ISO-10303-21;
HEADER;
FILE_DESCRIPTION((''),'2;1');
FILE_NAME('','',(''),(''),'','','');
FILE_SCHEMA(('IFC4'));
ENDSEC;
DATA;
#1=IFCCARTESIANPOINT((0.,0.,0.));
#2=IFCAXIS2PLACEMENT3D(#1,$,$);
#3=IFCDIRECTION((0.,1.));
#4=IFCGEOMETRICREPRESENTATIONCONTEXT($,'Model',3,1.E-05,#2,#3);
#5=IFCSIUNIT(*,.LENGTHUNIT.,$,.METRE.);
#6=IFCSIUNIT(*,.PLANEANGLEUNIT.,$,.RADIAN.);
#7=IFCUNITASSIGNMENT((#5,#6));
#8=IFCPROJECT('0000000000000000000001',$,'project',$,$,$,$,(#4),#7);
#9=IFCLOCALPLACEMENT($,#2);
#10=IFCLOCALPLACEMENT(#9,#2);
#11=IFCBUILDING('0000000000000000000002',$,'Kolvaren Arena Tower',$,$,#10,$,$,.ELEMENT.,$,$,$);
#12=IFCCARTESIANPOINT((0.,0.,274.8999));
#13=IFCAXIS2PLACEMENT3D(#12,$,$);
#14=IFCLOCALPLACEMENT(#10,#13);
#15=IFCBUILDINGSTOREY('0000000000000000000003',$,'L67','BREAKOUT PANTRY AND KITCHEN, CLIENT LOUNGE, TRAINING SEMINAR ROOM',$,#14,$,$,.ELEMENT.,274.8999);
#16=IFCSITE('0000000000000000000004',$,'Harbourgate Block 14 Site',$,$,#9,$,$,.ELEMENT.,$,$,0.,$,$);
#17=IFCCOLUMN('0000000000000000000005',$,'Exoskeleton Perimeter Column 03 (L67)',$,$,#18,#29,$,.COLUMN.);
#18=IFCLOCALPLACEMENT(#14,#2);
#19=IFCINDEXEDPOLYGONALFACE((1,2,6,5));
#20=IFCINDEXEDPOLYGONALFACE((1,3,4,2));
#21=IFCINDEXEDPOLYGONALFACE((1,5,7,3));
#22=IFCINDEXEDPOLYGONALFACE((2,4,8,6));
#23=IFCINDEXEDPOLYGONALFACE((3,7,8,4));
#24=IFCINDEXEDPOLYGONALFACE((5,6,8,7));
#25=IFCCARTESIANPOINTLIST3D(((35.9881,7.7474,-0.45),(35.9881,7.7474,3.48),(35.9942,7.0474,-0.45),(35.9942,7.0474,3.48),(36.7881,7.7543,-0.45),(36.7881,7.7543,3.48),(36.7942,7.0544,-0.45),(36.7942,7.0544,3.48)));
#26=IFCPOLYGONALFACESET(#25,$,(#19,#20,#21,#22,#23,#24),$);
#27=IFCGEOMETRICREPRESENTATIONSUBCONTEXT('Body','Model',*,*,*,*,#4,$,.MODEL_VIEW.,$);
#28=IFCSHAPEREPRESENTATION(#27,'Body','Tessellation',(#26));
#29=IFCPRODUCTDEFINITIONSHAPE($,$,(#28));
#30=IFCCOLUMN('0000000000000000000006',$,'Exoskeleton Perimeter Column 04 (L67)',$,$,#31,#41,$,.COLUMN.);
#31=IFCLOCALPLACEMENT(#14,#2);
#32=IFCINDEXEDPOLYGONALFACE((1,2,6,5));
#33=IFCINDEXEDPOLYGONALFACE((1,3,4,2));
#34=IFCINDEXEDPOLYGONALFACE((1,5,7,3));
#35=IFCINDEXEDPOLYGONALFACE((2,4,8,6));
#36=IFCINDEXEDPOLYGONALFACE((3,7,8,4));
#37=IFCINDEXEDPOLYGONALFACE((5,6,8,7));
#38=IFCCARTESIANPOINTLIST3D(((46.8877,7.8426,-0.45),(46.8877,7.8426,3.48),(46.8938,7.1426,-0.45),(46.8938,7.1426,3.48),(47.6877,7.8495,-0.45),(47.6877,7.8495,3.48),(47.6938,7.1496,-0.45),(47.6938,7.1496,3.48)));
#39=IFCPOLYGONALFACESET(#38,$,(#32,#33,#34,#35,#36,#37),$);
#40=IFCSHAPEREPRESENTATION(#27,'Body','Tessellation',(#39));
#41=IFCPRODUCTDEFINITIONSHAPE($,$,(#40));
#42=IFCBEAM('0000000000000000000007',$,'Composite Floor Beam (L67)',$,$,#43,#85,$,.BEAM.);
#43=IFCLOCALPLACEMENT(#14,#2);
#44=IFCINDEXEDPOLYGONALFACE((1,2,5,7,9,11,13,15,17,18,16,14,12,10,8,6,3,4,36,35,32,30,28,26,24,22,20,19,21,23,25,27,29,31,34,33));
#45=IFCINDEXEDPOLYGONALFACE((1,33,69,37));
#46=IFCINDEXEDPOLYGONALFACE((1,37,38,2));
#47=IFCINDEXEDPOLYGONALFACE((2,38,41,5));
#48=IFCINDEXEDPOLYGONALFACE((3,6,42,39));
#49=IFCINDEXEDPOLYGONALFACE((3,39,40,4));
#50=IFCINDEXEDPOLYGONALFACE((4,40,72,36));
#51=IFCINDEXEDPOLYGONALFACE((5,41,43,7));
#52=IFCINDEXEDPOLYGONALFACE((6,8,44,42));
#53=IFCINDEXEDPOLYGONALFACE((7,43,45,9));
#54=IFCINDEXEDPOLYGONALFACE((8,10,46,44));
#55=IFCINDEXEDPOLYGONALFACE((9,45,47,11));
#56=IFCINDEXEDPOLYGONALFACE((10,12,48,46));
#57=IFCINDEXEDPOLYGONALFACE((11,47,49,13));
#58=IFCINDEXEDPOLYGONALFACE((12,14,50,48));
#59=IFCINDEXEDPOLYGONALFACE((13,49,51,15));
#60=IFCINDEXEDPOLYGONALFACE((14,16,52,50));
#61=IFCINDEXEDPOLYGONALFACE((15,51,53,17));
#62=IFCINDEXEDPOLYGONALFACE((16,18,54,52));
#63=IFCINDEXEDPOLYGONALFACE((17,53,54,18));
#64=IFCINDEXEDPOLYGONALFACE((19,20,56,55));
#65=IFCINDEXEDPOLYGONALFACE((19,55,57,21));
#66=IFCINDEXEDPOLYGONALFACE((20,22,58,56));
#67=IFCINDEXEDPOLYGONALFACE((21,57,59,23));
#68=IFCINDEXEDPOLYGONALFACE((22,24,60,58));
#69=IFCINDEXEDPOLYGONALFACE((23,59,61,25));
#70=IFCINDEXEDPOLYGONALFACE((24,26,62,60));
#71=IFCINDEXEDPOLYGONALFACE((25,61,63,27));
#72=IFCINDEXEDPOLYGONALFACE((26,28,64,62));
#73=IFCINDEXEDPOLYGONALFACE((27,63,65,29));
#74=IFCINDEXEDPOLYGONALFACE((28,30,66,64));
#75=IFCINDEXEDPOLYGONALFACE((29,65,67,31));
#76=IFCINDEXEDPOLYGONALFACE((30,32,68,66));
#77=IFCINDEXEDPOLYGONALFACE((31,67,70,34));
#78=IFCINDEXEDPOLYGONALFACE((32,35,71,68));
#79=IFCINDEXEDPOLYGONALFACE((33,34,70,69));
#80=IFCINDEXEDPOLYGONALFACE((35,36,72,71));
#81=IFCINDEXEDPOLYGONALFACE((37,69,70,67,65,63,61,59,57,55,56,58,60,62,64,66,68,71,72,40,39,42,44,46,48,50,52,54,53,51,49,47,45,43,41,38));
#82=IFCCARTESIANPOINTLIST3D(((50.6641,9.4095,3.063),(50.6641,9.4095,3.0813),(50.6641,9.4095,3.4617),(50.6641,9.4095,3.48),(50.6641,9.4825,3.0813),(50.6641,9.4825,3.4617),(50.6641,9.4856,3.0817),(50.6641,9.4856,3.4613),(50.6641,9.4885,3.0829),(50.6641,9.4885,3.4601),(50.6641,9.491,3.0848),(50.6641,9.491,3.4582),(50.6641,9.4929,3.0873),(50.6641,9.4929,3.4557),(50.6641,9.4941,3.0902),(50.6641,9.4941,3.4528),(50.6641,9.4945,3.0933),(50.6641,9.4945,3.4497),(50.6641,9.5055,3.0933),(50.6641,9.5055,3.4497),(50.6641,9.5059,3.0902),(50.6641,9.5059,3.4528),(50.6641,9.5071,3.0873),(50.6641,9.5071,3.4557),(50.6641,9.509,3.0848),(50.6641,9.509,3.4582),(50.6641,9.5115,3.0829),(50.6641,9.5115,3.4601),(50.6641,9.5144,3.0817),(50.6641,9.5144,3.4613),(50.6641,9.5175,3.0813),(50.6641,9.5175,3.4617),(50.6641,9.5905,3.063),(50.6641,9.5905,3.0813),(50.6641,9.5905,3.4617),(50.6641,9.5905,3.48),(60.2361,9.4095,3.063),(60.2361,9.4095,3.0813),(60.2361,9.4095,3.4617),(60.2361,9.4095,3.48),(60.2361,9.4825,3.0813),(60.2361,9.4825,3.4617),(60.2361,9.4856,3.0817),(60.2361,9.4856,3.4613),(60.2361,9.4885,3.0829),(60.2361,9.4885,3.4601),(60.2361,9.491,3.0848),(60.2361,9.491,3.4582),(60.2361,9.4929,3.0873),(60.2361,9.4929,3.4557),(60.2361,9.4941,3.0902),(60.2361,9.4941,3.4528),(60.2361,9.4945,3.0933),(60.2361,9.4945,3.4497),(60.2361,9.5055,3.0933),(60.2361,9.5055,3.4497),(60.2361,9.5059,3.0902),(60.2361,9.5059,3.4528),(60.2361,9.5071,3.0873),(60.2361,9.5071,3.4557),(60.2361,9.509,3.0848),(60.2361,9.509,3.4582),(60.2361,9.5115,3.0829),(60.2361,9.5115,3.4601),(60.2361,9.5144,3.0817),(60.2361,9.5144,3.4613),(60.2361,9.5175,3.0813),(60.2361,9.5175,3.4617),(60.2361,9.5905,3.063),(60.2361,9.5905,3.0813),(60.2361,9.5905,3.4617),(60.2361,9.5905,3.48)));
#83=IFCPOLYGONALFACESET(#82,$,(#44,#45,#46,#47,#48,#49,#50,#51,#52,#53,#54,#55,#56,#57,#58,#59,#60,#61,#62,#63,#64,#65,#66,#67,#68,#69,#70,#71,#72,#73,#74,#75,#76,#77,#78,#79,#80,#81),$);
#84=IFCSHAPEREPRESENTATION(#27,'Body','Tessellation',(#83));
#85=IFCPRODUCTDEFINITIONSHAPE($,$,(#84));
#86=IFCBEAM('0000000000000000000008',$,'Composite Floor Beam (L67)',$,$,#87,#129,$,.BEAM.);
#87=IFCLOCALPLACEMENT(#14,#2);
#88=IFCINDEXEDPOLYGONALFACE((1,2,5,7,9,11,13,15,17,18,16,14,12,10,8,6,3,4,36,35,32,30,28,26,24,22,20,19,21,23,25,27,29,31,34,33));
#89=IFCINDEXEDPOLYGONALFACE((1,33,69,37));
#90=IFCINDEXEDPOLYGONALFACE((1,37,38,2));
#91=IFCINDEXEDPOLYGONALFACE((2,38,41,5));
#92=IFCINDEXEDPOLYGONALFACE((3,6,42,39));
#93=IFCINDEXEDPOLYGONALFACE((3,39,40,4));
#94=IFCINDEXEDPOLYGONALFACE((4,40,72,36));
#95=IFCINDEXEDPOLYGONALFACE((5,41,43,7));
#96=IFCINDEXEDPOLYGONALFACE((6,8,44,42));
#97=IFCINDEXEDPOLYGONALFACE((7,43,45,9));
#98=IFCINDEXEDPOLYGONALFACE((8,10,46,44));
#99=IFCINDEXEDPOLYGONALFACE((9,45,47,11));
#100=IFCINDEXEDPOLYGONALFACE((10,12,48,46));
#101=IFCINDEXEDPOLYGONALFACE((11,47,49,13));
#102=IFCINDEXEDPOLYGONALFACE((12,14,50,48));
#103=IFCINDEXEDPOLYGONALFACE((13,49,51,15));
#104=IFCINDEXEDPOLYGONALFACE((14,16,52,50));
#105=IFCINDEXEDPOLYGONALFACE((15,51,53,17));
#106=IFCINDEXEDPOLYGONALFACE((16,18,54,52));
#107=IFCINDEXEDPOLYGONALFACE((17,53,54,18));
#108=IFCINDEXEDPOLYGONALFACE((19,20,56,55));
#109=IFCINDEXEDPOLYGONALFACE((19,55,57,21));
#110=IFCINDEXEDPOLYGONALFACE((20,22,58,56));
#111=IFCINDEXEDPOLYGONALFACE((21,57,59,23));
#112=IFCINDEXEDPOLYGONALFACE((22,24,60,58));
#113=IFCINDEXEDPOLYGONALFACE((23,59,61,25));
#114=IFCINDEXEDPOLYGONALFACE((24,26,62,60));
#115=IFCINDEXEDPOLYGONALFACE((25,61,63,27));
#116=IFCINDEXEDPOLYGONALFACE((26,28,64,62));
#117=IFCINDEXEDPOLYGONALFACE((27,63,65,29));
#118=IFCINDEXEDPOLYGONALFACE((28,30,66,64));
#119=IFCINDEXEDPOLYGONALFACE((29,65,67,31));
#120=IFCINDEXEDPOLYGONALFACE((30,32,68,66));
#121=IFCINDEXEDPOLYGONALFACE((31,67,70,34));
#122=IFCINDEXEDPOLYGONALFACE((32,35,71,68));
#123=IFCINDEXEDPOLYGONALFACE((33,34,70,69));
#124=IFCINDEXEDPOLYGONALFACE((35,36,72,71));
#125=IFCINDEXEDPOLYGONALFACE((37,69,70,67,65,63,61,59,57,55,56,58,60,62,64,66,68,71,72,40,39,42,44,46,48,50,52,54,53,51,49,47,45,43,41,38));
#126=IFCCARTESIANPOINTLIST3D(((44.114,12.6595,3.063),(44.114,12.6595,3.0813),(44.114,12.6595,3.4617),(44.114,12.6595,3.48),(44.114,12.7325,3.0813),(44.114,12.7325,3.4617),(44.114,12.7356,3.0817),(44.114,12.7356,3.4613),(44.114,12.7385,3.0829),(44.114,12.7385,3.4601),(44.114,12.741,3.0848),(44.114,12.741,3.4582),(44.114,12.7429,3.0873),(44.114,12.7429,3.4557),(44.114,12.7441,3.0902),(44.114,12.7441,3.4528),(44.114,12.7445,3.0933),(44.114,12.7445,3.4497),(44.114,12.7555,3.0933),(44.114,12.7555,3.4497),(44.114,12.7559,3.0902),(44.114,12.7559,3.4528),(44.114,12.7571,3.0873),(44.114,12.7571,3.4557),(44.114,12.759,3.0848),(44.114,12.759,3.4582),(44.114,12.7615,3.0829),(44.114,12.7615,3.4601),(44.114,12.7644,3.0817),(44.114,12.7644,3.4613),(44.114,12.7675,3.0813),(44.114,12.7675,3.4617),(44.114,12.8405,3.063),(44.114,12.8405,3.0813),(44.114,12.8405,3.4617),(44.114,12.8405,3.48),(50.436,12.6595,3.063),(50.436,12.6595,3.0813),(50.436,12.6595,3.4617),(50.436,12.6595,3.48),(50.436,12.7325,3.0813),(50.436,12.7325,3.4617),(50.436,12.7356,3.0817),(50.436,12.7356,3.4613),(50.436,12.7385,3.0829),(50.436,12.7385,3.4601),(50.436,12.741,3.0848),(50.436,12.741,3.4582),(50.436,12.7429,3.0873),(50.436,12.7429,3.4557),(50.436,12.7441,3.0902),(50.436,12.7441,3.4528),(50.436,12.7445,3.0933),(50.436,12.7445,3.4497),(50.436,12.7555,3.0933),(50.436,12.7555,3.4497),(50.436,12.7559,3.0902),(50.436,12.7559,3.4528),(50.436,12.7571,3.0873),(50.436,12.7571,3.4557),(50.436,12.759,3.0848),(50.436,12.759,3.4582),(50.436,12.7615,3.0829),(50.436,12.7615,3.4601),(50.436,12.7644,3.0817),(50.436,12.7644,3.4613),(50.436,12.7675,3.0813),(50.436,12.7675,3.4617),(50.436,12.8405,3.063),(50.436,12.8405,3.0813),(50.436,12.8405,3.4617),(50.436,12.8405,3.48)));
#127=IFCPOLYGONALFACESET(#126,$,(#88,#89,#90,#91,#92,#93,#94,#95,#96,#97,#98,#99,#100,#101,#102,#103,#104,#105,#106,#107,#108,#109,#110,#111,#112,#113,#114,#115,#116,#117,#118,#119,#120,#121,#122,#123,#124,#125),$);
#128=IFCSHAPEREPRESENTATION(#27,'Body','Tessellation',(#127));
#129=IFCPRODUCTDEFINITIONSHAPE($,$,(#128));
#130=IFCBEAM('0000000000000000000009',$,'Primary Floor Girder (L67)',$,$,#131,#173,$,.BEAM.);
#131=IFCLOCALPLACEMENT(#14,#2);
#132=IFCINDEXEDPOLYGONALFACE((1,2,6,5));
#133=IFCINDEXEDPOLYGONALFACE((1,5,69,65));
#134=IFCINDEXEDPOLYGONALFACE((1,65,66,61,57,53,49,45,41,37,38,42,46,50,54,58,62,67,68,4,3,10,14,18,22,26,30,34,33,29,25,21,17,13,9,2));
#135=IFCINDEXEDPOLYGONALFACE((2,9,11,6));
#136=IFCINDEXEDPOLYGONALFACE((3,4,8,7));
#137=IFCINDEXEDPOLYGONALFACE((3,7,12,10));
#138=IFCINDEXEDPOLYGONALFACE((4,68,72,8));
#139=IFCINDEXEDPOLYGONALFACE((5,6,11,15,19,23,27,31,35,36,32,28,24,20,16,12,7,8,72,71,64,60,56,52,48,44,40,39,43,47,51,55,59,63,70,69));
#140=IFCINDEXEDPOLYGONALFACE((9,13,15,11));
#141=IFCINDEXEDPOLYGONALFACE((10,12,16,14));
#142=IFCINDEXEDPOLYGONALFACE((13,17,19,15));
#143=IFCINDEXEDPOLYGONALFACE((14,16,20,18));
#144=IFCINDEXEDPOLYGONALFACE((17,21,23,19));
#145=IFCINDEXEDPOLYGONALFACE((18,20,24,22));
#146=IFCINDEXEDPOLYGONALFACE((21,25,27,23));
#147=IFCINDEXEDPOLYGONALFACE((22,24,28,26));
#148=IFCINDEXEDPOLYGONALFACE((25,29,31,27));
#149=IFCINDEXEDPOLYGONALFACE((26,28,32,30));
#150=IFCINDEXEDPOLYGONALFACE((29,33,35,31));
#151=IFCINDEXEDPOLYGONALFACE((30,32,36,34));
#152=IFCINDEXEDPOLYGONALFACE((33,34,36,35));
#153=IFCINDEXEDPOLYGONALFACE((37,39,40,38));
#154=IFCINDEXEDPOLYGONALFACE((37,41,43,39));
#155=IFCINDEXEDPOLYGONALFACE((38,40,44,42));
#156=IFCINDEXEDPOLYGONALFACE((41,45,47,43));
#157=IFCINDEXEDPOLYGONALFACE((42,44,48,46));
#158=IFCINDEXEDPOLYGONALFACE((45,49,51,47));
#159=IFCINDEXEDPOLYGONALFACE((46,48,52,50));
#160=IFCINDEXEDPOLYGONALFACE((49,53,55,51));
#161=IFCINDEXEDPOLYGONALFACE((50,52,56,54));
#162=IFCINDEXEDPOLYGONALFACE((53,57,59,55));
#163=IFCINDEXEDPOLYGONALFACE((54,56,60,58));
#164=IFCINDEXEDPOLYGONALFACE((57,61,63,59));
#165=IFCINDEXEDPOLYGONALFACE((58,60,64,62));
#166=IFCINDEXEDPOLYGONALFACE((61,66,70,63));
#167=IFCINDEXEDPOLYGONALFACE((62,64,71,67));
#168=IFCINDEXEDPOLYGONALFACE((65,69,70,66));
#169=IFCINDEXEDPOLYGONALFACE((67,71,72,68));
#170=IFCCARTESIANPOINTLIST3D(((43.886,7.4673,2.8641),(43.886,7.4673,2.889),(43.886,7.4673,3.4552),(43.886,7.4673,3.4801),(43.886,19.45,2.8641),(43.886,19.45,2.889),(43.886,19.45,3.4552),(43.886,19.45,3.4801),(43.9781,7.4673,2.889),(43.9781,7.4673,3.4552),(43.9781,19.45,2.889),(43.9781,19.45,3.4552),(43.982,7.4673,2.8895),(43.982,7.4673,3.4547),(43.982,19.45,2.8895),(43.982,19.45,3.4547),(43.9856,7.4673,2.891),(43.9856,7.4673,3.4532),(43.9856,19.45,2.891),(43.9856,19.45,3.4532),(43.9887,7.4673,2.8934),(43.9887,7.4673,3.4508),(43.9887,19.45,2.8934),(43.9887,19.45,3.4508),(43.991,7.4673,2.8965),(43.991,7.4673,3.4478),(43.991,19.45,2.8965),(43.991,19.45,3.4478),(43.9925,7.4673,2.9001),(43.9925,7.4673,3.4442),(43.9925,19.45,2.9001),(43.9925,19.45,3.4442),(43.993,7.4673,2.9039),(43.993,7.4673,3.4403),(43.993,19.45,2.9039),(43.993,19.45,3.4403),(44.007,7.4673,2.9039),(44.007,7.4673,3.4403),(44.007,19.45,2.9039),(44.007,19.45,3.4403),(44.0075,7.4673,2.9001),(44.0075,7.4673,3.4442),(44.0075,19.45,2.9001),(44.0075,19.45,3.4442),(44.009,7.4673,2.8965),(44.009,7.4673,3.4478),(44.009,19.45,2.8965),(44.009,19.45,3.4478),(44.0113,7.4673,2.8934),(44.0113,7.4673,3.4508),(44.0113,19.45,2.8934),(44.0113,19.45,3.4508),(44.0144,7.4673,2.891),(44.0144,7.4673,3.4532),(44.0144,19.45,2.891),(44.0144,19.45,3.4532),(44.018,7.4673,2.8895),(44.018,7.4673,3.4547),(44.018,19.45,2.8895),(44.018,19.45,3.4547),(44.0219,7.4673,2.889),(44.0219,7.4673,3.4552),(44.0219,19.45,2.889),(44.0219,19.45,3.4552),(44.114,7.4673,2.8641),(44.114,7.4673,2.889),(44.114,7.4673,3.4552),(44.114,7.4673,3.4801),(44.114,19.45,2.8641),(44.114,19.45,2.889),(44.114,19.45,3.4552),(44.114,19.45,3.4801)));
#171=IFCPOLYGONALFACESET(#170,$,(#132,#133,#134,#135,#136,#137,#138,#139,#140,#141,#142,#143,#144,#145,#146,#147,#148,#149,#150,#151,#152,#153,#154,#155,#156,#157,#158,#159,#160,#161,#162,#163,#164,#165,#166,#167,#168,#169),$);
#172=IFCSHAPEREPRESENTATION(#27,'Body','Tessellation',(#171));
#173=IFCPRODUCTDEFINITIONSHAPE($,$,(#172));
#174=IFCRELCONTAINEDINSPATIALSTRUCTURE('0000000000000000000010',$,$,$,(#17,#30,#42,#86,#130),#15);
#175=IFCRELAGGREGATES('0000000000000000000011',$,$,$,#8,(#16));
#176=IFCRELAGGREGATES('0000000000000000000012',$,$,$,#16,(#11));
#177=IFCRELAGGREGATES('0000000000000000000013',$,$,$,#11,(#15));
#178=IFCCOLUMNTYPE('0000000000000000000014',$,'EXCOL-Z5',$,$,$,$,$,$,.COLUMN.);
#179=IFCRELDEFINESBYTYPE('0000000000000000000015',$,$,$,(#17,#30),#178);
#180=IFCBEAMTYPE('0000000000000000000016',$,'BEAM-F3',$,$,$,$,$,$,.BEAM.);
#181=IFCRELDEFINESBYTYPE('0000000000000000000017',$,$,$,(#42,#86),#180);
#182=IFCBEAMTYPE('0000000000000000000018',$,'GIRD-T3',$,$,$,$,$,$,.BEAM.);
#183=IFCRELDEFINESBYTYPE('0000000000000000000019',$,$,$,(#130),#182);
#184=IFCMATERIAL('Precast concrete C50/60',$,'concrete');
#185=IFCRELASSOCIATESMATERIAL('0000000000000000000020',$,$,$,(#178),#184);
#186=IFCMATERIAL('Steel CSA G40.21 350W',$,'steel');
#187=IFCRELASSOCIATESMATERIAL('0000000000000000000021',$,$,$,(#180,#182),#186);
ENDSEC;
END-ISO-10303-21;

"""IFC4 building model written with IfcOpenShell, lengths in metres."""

from ifc_helpers import new_model, si_unit, direction, frame, origin, origin_2d, place, context, subcontext, project, spatial, rectangle, i_section, extrude, material, material_profile, profile_set, type_object, element, save


model = new_model("IFC4")

# Units and contexts
model_context = context("Model", 3, precision=1e-05, world=origin(), true_north=direction((0.0, 1.0)))
body_context = subcontext(model_context, "Body", "Model", "MODEL_VIEW")
ifc_project = project(units=[si_unit("LENGTHUNIT", "METRE"), si_unit("PLANEANGLEUNIT", "RADIAN")], contexts=[model_context])

# Site, building, storey
site_placement = place(None, origin())
site = spatial("IfcSite", under=ifc_project, at=site_placement, Name="Harbourgate Block 14 Site", CompositionType="ELEMENT", RefElevation=0.0)
building_placement = place(site_placement, origin())
building = spatial("IfcBuilding", under=site, at=building_placement, Name="Kolvaren Arena Tower", CompositionType="ELEMENT")
storey_placement = place(building_placement, frame((0.0, 0.0, 274.8999)))
storey = spatial("IfcBuildingStorey", under=building, at=storey_placement, Name="L67", Description="BREAKOUT PANTRY AND KITCHEN, CLIENT LOUNGE, TRAINING SEMINAR ROOM", CompositionType="ELEMENT", Elevation=274.8999)

# Columns
ifc_material_1 = material(Name="Precast concrete C50/60", Category="concrete")
ifc_material_profile_1 = material_profile(ifc_material_1, rectangle(XDim=0.8, YDim=0.7, at=origin_2d()), Name="RC-800x700")
ifc_profile_set_1 = profile_set([ifc_material_profile_1], Name="Precast concrete C50/60")
column_type = type_object("IfcColumnType", Name="EXCOL-Z5", PredefinedType="COLUMN", material=ifc_profile_set_1)
for number, where, z_axis, x_axis, name in (
    (1, (36.3911, 7.4009, -0.45), (0.0, 0.0, 1.0), (0.999962, 0.008727, 0.0), "Exoskeleton Perimeter Column 03 (L67)"),
    (2, (47.2908, 7.4961, -0.45), (0.0, 0.0, 1.0), (0.999962, 0.008727, 0.0), "Exoskeleton Perimeter Column 04 (L67)"),
):
    element("IfcColumn", number, at=place(storey_placement, frame(where, z_axis=z_axis, x_axis=x_axis)), inside=storey, type_object=column_type, Name=name, PredefinedType="COLUMN", context=body_context, shape_type="SweptSolid", body=[
        extrude(rectangle(XDim=0.8, YDim=0.7, at=origin_2d()), origin(), (0.0, 0.0, 1.0), 3.9299),
    ])

# Beams
ifc_material_2 = material(Name="Steel CSA G40.21 350W", Category="steel")
ifc_material_profile_2 = material_profile(ifc_material_2, i_section(OverallWidth=0.1809, OverallDepth=0.417, WebThickness=0.011, FlangeThickness=0.0183, FilletRadius=0.012, at=origin_2d()), Name="W410x85")
ifc_profile_set_2 = profile_set([ifc_material_profile_2], Name="Steel CSA G40.21 350W")
beam_type_1 = type_object("IfcBeamType", Name="BEAM-F3", PredefinedType="BEAM", material=ifc_profile_set_2)
beam_1_placement = place(storey_placement, frame((50.6641, 9.5, 3.2715), z_axis=(1.0, 0.0, 0.0), x_axis=(0.0, 1.0, 0.0)))
element("IfcBeam", 3, at=beam_1_placement, inside=storey, type_object=beam_type_1, Name="Composite Floor Beam (L67)", PredefinedType="BEAM", context=body_context, shape_type="SweptSolid", body=[
    extrude(i_section(OverallWidth=0.1809, OverallDepth=0.417, WebThickness=0.011, FlangeThickness=0.0183, FilletRadius=0.012, at=origin_2d()), origin(), (0.0, 0.0, 1.0), 9.572),
])
beam_2_placement = place(storey_placement, frame((44.114, 12.75, 3.2715), z_axis=(1.0, 0.0, 0.0), x_axis=(0.0, 1.0, 0.0)))
element("IfcBeam", 4, at=beam_2_placement, inside=storey, type_object=beam_type_1, Name="Composite Floor Beam (L67)", PredefinedType="BEAM", context=body_context, shape_type="SweptSolid", body=[
    extrude(i_section(OverallWidth=0.1809, OverallDepth=0.417, WebThickness=0.011, FlangeThickness=0.0183, FilletRadius=0.012, at=origin_2d()), origin(), (0.0, 0.0, 1.0), 6.322),
])
ifc_material_profile_3 = material_profile(ifc_material_2, i_section(OverallWidth=0.228, OverallDepth=0.616, WebThickness=0.0139, FlangeThickness=0.0249, FilletRadius=0.0149, at=origin_2d()), Name="W610x174")
ifc_profile_set_3 = profile_set([ifc_material_profile_3], Name="Steel CSA G40.21 350W")
beam_type_2 = type_object("IfcBeamType", Name="GIRD-T3", PredefinedType="BEAM", material=ifc_profile_set_3)
beam_3_placement = place(storey_placement, frame((44.0, 7.4673, 3.1721), z_axis=(0.0, 1.0, 0.0), x_axis=(-1.0, 0.0, 0.0)))
element("IfcBeam", 5, at=beam_3_placement, inside=storey, type_object=beam_type_2, Name="Primary Floor Girder (L67)", PredefinedType="BEAM", context=body_context, shape_type="SweptSolid", body=[
    extrude(i_section(OverallWidth=0.228, OverallDepth=0.616, WebThickness=0.0139, FlangeThickness=0.0249, FilletRadius=0.0149, at=origin_2d()), origin(), (0.0, 0.0, 1.0), 11.9827),
])

save(model, "model.ifc")
